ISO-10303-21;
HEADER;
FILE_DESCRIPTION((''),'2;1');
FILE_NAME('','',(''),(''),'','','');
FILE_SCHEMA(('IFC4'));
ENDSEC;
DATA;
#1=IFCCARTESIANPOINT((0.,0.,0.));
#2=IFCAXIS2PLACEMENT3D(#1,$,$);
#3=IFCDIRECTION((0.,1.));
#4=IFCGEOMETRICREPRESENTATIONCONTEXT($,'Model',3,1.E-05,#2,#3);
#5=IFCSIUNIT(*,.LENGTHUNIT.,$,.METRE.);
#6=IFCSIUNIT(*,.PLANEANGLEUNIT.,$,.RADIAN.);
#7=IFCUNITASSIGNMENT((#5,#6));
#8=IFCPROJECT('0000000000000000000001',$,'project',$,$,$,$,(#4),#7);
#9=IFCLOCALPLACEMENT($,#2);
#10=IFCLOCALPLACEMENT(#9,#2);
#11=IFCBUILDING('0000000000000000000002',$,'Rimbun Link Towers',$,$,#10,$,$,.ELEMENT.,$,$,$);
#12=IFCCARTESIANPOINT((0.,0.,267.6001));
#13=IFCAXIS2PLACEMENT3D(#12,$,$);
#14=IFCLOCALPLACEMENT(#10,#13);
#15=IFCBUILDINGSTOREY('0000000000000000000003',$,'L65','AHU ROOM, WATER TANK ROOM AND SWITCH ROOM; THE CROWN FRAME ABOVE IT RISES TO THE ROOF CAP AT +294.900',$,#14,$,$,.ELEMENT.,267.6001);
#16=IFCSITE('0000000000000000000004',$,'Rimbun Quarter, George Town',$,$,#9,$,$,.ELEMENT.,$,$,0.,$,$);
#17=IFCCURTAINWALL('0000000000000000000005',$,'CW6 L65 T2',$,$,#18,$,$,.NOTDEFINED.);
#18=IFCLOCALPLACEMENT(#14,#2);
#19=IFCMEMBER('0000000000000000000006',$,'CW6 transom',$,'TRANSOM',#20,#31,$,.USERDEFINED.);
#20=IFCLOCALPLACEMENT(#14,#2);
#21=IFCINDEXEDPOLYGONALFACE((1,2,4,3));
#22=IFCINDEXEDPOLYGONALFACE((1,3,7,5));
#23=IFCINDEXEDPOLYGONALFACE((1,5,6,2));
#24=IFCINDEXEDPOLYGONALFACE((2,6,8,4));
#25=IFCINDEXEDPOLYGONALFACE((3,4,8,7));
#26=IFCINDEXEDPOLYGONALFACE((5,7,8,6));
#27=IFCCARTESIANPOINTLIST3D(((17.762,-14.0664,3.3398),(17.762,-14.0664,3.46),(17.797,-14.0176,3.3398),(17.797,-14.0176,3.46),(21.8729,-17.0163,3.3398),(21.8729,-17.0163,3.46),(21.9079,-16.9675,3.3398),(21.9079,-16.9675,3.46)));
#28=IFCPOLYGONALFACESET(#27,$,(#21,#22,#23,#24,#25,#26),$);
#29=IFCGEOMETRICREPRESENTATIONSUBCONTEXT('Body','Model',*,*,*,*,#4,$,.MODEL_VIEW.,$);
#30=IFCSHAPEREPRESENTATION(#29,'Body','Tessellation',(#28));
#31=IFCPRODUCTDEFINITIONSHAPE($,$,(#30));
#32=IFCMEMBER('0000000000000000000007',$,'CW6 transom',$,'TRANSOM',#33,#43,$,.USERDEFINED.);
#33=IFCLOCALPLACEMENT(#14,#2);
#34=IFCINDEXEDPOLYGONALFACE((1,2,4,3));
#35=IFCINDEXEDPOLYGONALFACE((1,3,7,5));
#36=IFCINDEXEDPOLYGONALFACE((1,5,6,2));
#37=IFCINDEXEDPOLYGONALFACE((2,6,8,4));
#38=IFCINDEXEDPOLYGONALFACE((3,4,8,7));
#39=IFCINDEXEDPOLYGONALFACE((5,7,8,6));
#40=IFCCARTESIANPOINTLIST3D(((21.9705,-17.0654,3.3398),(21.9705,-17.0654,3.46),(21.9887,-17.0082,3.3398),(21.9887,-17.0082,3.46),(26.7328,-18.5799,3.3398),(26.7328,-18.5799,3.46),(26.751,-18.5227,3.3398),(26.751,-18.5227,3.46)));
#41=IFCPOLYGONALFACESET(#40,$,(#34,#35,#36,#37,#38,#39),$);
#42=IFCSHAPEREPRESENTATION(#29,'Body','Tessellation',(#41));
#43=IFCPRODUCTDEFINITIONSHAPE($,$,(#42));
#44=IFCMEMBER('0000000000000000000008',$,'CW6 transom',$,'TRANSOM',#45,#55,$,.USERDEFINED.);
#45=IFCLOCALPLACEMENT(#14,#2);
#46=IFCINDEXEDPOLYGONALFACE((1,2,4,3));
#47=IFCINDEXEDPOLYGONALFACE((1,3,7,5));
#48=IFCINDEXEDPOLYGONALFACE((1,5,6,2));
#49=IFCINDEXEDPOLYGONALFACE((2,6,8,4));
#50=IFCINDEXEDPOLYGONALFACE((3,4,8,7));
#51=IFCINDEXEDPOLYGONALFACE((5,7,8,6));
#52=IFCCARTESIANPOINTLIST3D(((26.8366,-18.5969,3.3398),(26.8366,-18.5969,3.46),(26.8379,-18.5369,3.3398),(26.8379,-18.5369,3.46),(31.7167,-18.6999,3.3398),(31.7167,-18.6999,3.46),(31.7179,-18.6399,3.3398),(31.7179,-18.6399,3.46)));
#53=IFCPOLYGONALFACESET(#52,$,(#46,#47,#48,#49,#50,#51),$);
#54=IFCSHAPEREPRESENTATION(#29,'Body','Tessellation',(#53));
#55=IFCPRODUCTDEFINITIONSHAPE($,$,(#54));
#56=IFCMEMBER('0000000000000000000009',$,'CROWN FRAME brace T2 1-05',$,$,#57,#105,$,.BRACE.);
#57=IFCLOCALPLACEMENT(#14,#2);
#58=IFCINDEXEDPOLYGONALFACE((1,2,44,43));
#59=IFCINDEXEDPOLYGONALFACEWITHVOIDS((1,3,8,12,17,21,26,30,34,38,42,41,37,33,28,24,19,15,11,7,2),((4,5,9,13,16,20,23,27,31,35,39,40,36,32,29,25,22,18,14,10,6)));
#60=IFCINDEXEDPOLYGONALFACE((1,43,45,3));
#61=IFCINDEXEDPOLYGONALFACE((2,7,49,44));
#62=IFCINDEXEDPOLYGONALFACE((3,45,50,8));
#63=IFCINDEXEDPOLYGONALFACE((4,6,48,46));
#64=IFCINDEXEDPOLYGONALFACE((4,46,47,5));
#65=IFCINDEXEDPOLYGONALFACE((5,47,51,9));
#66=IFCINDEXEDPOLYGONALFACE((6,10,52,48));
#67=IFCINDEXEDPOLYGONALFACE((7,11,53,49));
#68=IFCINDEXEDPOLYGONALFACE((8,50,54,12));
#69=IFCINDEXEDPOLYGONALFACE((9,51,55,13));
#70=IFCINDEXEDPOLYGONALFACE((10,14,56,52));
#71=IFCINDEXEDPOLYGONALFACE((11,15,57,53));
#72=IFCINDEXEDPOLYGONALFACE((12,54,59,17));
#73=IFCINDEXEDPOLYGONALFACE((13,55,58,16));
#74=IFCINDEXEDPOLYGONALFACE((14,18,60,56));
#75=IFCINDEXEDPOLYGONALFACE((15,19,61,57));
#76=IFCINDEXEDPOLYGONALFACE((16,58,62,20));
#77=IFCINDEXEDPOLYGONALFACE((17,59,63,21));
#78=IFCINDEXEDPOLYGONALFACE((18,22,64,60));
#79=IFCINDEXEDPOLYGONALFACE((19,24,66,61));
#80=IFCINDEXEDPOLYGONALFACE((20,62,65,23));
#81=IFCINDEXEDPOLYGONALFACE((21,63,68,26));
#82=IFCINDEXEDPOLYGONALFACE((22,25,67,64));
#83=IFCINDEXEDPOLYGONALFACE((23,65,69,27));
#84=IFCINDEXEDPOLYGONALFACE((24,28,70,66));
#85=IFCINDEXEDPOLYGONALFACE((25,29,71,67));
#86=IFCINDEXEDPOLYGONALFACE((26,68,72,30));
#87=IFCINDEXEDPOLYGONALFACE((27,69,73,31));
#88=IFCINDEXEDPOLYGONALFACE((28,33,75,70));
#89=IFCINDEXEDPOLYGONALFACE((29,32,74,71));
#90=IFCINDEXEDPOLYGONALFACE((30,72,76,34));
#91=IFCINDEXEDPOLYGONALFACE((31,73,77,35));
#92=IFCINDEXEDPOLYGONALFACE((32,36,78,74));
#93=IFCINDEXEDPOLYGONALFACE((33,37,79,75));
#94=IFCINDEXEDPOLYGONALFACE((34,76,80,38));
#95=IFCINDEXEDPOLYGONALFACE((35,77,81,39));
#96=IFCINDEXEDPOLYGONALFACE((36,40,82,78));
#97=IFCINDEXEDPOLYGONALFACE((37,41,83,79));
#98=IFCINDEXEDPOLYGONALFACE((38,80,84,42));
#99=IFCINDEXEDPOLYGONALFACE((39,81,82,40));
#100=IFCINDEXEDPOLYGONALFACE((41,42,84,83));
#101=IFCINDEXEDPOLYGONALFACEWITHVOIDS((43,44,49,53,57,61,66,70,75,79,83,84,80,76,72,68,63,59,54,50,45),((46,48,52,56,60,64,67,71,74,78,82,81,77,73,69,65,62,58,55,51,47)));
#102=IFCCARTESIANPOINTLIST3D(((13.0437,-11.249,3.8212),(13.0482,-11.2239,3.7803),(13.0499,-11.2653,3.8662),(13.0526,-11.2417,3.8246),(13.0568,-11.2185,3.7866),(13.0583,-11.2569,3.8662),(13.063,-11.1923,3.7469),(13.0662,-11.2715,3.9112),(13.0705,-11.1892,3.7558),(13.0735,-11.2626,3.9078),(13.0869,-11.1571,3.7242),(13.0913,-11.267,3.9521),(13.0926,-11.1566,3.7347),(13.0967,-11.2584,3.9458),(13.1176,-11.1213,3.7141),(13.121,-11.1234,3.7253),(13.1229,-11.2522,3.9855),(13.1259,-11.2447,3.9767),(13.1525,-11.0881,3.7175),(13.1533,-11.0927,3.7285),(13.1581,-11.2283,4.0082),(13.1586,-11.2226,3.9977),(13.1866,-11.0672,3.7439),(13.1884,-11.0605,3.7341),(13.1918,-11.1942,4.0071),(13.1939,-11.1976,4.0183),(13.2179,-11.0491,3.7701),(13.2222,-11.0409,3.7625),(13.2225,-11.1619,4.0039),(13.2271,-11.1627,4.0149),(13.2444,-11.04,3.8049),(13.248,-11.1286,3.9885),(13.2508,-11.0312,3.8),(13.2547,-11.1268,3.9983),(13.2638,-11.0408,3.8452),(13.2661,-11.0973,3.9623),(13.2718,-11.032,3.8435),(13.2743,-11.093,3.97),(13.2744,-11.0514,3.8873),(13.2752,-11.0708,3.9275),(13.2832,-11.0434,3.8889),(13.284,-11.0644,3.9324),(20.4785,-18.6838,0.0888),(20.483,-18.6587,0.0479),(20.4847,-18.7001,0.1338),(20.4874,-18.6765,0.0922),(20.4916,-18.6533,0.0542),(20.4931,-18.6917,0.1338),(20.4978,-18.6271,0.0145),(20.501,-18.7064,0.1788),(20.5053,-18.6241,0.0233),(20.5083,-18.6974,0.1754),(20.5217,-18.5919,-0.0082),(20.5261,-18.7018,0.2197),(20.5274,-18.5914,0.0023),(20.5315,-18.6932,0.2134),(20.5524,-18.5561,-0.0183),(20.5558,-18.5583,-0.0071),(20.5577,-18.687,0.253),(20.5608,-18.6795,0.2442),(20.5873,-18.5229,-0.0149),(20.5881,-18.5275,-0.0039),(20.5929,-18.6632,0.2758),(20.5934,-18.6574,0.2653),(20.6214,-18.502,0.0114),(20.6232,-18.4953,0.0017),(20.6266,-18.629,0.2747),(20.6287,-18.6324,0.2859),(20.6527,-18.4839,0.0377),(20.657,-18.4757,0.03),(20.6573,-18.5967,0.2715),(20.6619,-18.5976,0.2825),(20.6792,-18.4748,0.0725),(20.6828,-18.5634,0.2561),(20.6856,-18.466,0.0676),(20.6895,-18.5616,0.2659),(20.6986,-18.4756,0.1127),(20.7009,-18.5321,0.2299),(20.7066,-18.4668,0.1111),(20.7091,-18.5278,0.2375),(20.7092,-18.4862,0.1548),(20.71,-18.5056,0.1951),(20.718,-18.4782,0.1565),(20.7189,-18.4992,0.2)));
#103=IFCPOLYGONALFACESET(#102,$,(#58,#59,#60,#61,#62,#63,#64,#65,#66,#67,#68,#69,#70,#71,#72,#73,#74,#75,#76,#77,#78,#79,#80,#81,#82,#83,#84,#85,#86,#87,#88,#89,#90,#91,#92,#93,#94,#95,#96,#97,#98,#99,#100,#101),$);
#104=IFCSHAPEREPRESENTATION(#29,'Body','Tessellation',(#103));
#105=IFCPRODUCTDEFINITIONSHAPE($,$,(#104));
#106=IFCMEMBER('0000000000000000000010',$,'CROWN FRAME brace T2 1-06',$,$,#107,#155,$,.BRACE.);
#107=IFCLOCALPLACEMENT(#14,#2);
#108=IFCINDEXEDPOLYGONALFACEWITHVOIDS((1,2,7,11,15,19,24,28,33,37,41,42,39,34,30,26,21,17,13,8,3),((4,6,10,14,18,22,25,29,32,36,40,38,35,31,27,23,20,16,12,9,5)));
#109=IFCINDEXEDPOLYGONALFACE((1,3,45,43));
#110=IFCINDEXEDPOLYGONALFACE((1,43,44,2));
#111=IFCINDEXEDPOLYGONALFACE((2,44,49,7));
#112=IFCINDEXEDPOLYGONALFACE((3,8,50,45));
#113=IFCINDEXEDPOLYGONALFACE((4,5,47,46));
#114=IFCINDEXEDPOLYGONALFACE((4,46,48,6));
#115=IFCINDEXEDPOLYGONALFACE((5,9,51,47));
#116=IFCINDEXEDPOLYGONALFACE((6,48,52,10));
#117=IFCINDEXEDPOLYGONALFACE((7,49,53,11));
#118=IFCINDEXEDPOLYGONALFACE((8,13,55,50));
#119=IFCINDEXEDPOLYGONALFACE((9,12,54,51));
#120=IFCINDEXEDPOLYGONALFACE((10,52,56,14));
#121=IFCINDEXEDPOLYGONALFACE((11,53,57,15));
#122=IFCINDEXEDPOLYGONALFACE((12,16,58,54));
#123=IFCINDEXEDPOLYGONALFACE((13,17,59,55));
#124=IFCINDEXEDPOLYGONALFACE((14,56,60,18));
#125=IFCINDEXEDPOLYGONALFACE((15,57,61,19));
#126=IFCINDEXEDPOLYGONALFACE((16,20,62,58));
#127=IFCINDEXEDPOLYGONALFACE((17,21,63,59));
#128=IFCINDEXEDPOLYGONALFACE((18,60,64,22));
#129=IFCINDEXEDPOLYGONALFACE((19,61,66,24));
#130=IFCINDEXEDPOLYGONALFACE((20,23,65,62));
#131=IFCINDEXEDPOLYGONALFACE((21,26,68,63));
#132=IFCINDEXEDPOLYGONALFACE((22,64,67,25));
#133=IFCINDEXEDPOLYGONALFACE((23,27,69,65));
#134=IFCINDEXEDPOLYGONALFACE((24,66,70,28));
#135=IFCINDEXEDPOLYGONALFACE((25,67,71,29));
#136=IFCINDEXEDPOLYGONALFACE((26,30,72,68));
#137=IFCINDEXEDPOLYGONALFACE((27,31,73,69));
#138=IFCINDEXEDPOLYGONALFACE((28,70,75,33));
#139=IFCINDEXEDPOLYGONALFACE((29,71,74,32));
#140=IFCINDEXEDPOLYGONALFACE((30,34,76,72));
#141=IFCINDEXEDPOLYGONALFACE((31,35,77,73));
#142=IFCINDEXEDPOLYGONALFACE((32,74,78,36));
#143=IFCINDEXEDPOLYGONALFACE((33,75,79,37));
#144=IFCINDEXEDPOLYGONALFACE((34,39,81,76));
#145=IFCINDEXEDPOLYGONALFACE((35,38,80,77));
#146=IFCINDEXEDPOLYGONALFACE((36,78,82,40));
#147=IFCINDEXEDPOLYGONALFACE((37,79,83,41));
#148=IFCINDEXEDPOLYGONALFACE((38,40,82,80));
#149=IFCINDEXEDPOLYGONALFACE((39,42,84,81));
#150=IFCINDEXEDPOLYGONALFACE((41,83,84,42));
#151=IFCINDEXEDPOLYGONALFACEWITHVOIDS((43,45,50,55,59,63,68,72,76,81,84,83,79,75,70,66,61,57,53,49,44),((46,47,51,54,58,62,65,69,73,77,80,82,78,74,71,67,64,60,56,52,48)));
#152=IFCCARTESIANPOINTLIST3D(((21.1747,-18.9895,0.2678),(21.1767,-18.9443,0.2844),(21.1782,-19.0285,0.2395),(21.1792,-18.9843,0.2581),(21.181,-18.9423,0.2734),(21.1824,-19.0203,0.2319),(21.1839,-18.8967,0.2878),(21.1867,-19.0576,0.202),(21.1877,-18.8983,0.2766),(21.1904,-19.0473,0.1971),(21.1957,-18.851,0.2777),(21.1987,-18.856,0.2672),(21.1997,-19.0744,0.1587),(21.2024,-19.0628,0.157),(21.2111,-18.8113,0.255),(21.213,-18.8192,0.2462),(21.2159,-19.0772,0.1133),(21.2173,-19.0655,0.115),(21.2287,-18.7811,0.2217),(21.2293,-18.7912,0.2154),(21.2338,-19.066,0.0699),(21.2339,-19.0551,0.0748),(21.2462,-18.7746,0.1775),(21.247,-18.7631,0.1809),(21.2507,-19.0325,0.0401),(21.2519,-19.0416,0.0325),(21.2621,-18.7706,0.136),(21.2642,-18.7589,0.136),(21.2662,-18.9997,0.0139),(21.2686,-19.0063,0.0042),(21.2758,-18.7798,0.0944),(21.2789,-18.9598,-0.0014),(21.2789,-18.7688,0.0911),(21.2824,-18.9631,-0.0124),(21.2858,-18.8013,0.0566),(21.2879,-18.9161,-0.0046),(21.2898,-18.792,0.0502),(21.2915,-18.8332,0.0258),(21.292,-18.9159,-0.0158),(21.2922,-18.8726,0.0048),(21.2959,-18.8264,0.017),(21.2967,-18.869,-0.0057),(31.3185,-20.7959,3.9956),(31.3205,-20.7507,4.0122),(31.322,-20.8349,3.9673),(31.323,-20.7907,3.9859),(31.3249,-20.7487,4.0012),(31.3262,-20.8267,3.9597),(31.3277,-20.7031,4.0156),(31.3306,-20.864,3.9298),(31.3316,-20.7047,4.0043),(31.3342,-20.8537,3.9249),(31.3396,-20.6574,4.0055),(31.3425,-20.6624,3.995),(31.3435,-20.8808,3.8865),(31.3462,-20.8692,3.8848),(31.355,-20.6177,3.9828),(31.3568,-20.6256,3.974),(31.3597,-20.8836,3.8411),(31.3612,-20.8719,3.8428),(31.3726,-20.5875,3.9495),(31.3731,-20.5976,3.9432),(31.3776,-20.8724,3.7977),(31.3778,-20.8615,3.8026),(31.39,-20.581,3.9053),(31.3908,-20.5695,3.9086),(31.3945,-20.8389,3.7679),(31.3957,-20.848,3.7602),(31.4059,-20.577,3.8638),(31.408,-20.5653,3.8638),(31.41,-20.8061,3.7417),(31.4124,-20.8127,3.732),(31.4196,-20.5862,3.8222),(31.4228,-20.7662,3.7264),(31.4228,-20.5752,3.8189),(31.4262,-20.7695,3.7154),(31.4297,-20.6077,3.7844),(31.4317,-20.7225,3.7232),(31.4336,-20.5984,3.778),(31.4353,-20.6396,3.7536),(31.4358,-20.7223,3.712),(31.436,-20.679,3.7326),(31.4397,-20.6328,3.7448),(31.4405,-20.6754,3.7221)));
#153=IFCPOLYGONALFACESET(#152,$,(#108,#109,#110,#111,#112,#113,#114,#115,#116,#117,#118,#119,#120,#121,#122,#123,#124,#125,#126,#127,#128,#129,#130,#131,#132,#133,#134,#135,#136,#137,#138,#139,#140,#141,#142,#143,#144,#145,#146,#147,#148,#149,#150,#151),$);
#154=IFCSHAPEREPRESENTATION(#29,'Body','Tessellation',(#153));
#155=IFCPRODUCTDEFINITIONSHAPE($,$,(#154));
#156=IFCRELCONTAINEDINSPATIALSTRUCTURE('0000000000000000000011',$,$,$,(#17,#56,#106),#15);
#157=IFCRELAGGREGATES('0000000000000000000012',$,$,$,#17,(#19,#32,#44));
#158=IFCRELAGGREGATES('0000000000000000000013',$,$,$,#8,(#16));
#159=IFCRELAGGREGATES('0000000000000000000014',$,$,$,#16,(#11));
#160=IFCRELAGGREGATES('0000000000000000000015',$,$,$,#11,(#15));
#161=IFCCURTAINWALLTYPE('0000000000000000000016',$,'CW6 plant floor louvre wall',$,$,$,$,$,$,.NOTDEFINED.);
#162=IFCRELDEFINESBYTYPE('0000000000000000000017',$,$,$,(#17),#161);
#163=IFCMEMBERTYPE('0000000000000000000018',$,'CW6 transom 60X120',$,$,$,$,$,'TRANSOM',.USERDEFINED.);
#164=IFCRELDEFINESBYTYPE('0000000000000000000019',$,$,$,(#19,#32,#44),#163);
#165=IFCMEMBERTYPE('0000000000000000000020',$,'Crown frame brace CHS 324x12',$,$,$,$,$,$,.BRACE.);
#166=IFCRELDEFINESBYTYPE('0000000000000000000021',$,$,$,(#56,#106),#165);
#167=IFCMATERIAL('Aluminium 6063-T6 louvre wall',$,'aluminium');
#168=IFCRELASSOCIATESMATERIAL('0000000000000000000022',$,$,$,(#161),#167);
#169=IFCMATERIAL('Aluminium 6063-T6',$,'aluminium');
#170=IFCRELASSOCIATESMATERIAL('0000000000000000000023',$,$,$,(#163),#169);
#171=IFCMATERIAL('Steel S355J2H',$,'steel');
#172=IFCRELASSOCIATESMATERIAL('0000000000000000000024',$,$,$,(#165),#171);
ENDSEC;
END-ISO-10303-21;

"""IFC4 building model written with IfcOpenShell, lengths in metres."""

from ifc_helpers import new_model, si_unit, direction, frame, origin, origin_2d, place, context, subcontext, project, spatial, rectangle, hollow_circle, extrude, material, material_profile, profile_set, type_object, element, aggregate, save


model = new_model("IFC4")

# Units and contexts
model_context = context("Model", 3, precision=1e-05, world=origin(), true_north=direction((0.0, 1.0)))
body_context = subcontext(model_context, "Body", "Model", "MODEL_VIEW")
ifc_project = project(units=[si_unit("LENGTHUNIT", "METRE"), si_unit("PLANEANGLEUNIT", "RADIAN")], contexts=[model_context])

# Site, building, storey
site_placement = place(None, origin())
site = spatial("IfcSite", under=ifc_project, at=site_placement, Name="Rimbun Quarter, George Town", CompositionType="ELEMENT", RefElevation=0.0)
building_placement = place(site_placement, origin())
building = spatial("IfcBuilding", under=site, at=building_placement, Name="Rimbun Link Towers", CompositionType="ELEMENT")
storey_placement = place(building_placement, frame((0.0, 0.0, 267.6001)))
storey = spatial("IfcBuildingStorey", under=building, at=storey_placement, Name="L65", Description="AHU ROOM, WATER TANK ROOM AND SWITCH ROOM; THE CROWN FRAME ABOVE IT RISES TO THE ROOF CAP AT +294.900", CompositionType="ELEMENT", Elevation=267.6001)

# Curtain wall, members
ifc_material_1 = material(Name="Aluminium 6063-T6 louvre wall", Category="aluminium")
curtain_wall_type = type_object("IfcCurtainWallType", Name="CW6 plant floor louvre wall", PredefinedType="NOTDEFINED", material=ifc_material_1)
curtain_wall_placement = place(storey_placement, origin())
curtain_wall = element("IfcCurtainWall", 1, at=curtain_wall_placement, inside=storey, type_object=curtain_wall_type, Name="CW6 L65 T2", PredefinedType="NOTDEFINED")
ifc_material_2 = material(Name="Aluminium 6063-T6", Category="aluminium")
ifc_material_profile_1 = material_profile(ifc_material_2, rectangle(XDim=0.0601, YDim=0.1201, at=origin_2d()), Name="TRANSOM 60X120")
ifc_profile_set_1 = profile_set([ifc_material_profile_1], Name="Aluminium 6063-T6")
member_type_1 = type_object("IfcMemberType", Name="CW6 transom 60X120", ElementType="TRANSOM", PredefinedType="USERDEFINED", material=ifc_profile_set_1)
member_1_placement = place(storey_placement, frame((21.8904, -16.9919, 3.3999), z_axis=(-0.812457, 0.583021, 0.0), x_axis=(-0.583021, -0.812457, 0.0)))
member_1 = element("IfcMember", 2, at=member_1_placement, type_object=member_type_1, Name="CW6 transom", ObjectType="TRANSOM", PredefinedType="USERDEFINED", context=body_context, shape_type="SweptSolid", body=[
    extrude(rectangle(XDim=0.0601, YDim=0.1201, at=origin_2d()), origin(), (0.0, 0.0, 1.0), 5.0598),
])
member_2_placement = place(storey_placement, frame((26.7419, -18.5513, 3.3999), z_axis=(-0.952975, 0.30305, 0.0), x_axis=(-0.30305, -0.952975, 0.0)))
member_2 = element("IfcMember", 3, at=member_2_placement, type_object=member_type_1, Name="CW6 transom", ObjectType="TRANSOM", PredefinedType="USERDEFINED", context=body_context, shape_type="SweptSolid", body=[
    extrude(rectangle(XDim=0.0601, YDim=0.1201, at=origin_2d()), origin(), (0.0, 0.0, 1.0), 4.9973),
])
member_3_placement = place(storey_placement, frame((31.7173, -18.6699, 3.3999), z_axis=(-0.999777, 0.021107, 0.0), x_axis=(-0.021107, -0.999777, 0.0)))
member_3 = element("IfcMember", 4, at=member_3_placement, type_object=member_type_1, Name="CW6 transom", ObjectType="TRANSOM", PredefinedType="USERDEFINED", context=body_context, shape_type="SweptSolid", body=[
    extrude(rectangle(XDim=0.0601, YDim=0.1201, at=origin_2d()), origin(), (0.0, 0.0, 1.0), 4.8811),
])
aggregate(curtain_wall, [member_1, member_2, member_3])

# Members
ifc_material_3 = material(Name="Steel S355J2H", Category="steel")
ifc_material_profile_2 = material_profile(ifc_material_3, hollow_circle(Radius=0.1619, WallThickness=0.012, at=origin_2d()), Name="Crown frame brace CHS 324x12")
ifc_profile_set_2 = profile_set([ifc_material_profile_2], Name="Steel S355J2H")
member_type_2 = type_object("IfcMemberType", Name="Crown frame brace CHS 324x12", PredefinedType="BRACE", material=ifc_profile_set_2)
member_4_placement = place(storey_placement, frame((20.5991, -18.5857, 0.1338), z_axis=(-0.666367, 0.666367, 0.334529), x_axis=(-0.707107, -0.707107, 0.0)))
element("IfcMember", 5, at=member_4_placement, inside=storey, type_object=member_type_2, Name="CROWN FRAME brace T2 1-05", PredefinedType="BRACE", context=body_context, shape_type="SweptSolid", body=[
    extrude(hollow_circle(Radius=0.1619, WallThickness=0.012, at=origin_2d()), origin(), (0.0, 0.0, 1.0), 11.1572),
])
member_5_placement = place(storey_placement, frame((21.2358, -18.9182, 0.136), z_axis=(0.925782, -0.164862, 0.340219), x_axis=(0.175321, 0.984511, 0.0)))
element("IfcMember", 6, at=member_5_placement, inside=storey, type_object=member_type_2, Name="CROWN FRAME brace T2 1-06", PredefinedType="BRACE", context=body_context, shape_type="SweptSolid", body=[
    extrude(hollow_circle(Radius=0.1619, WallThickness=0.012, at=origin_2d()), origin(), (0.0, 0.0, 1.0), 10.957),
])

save(model, "model.ifc")
